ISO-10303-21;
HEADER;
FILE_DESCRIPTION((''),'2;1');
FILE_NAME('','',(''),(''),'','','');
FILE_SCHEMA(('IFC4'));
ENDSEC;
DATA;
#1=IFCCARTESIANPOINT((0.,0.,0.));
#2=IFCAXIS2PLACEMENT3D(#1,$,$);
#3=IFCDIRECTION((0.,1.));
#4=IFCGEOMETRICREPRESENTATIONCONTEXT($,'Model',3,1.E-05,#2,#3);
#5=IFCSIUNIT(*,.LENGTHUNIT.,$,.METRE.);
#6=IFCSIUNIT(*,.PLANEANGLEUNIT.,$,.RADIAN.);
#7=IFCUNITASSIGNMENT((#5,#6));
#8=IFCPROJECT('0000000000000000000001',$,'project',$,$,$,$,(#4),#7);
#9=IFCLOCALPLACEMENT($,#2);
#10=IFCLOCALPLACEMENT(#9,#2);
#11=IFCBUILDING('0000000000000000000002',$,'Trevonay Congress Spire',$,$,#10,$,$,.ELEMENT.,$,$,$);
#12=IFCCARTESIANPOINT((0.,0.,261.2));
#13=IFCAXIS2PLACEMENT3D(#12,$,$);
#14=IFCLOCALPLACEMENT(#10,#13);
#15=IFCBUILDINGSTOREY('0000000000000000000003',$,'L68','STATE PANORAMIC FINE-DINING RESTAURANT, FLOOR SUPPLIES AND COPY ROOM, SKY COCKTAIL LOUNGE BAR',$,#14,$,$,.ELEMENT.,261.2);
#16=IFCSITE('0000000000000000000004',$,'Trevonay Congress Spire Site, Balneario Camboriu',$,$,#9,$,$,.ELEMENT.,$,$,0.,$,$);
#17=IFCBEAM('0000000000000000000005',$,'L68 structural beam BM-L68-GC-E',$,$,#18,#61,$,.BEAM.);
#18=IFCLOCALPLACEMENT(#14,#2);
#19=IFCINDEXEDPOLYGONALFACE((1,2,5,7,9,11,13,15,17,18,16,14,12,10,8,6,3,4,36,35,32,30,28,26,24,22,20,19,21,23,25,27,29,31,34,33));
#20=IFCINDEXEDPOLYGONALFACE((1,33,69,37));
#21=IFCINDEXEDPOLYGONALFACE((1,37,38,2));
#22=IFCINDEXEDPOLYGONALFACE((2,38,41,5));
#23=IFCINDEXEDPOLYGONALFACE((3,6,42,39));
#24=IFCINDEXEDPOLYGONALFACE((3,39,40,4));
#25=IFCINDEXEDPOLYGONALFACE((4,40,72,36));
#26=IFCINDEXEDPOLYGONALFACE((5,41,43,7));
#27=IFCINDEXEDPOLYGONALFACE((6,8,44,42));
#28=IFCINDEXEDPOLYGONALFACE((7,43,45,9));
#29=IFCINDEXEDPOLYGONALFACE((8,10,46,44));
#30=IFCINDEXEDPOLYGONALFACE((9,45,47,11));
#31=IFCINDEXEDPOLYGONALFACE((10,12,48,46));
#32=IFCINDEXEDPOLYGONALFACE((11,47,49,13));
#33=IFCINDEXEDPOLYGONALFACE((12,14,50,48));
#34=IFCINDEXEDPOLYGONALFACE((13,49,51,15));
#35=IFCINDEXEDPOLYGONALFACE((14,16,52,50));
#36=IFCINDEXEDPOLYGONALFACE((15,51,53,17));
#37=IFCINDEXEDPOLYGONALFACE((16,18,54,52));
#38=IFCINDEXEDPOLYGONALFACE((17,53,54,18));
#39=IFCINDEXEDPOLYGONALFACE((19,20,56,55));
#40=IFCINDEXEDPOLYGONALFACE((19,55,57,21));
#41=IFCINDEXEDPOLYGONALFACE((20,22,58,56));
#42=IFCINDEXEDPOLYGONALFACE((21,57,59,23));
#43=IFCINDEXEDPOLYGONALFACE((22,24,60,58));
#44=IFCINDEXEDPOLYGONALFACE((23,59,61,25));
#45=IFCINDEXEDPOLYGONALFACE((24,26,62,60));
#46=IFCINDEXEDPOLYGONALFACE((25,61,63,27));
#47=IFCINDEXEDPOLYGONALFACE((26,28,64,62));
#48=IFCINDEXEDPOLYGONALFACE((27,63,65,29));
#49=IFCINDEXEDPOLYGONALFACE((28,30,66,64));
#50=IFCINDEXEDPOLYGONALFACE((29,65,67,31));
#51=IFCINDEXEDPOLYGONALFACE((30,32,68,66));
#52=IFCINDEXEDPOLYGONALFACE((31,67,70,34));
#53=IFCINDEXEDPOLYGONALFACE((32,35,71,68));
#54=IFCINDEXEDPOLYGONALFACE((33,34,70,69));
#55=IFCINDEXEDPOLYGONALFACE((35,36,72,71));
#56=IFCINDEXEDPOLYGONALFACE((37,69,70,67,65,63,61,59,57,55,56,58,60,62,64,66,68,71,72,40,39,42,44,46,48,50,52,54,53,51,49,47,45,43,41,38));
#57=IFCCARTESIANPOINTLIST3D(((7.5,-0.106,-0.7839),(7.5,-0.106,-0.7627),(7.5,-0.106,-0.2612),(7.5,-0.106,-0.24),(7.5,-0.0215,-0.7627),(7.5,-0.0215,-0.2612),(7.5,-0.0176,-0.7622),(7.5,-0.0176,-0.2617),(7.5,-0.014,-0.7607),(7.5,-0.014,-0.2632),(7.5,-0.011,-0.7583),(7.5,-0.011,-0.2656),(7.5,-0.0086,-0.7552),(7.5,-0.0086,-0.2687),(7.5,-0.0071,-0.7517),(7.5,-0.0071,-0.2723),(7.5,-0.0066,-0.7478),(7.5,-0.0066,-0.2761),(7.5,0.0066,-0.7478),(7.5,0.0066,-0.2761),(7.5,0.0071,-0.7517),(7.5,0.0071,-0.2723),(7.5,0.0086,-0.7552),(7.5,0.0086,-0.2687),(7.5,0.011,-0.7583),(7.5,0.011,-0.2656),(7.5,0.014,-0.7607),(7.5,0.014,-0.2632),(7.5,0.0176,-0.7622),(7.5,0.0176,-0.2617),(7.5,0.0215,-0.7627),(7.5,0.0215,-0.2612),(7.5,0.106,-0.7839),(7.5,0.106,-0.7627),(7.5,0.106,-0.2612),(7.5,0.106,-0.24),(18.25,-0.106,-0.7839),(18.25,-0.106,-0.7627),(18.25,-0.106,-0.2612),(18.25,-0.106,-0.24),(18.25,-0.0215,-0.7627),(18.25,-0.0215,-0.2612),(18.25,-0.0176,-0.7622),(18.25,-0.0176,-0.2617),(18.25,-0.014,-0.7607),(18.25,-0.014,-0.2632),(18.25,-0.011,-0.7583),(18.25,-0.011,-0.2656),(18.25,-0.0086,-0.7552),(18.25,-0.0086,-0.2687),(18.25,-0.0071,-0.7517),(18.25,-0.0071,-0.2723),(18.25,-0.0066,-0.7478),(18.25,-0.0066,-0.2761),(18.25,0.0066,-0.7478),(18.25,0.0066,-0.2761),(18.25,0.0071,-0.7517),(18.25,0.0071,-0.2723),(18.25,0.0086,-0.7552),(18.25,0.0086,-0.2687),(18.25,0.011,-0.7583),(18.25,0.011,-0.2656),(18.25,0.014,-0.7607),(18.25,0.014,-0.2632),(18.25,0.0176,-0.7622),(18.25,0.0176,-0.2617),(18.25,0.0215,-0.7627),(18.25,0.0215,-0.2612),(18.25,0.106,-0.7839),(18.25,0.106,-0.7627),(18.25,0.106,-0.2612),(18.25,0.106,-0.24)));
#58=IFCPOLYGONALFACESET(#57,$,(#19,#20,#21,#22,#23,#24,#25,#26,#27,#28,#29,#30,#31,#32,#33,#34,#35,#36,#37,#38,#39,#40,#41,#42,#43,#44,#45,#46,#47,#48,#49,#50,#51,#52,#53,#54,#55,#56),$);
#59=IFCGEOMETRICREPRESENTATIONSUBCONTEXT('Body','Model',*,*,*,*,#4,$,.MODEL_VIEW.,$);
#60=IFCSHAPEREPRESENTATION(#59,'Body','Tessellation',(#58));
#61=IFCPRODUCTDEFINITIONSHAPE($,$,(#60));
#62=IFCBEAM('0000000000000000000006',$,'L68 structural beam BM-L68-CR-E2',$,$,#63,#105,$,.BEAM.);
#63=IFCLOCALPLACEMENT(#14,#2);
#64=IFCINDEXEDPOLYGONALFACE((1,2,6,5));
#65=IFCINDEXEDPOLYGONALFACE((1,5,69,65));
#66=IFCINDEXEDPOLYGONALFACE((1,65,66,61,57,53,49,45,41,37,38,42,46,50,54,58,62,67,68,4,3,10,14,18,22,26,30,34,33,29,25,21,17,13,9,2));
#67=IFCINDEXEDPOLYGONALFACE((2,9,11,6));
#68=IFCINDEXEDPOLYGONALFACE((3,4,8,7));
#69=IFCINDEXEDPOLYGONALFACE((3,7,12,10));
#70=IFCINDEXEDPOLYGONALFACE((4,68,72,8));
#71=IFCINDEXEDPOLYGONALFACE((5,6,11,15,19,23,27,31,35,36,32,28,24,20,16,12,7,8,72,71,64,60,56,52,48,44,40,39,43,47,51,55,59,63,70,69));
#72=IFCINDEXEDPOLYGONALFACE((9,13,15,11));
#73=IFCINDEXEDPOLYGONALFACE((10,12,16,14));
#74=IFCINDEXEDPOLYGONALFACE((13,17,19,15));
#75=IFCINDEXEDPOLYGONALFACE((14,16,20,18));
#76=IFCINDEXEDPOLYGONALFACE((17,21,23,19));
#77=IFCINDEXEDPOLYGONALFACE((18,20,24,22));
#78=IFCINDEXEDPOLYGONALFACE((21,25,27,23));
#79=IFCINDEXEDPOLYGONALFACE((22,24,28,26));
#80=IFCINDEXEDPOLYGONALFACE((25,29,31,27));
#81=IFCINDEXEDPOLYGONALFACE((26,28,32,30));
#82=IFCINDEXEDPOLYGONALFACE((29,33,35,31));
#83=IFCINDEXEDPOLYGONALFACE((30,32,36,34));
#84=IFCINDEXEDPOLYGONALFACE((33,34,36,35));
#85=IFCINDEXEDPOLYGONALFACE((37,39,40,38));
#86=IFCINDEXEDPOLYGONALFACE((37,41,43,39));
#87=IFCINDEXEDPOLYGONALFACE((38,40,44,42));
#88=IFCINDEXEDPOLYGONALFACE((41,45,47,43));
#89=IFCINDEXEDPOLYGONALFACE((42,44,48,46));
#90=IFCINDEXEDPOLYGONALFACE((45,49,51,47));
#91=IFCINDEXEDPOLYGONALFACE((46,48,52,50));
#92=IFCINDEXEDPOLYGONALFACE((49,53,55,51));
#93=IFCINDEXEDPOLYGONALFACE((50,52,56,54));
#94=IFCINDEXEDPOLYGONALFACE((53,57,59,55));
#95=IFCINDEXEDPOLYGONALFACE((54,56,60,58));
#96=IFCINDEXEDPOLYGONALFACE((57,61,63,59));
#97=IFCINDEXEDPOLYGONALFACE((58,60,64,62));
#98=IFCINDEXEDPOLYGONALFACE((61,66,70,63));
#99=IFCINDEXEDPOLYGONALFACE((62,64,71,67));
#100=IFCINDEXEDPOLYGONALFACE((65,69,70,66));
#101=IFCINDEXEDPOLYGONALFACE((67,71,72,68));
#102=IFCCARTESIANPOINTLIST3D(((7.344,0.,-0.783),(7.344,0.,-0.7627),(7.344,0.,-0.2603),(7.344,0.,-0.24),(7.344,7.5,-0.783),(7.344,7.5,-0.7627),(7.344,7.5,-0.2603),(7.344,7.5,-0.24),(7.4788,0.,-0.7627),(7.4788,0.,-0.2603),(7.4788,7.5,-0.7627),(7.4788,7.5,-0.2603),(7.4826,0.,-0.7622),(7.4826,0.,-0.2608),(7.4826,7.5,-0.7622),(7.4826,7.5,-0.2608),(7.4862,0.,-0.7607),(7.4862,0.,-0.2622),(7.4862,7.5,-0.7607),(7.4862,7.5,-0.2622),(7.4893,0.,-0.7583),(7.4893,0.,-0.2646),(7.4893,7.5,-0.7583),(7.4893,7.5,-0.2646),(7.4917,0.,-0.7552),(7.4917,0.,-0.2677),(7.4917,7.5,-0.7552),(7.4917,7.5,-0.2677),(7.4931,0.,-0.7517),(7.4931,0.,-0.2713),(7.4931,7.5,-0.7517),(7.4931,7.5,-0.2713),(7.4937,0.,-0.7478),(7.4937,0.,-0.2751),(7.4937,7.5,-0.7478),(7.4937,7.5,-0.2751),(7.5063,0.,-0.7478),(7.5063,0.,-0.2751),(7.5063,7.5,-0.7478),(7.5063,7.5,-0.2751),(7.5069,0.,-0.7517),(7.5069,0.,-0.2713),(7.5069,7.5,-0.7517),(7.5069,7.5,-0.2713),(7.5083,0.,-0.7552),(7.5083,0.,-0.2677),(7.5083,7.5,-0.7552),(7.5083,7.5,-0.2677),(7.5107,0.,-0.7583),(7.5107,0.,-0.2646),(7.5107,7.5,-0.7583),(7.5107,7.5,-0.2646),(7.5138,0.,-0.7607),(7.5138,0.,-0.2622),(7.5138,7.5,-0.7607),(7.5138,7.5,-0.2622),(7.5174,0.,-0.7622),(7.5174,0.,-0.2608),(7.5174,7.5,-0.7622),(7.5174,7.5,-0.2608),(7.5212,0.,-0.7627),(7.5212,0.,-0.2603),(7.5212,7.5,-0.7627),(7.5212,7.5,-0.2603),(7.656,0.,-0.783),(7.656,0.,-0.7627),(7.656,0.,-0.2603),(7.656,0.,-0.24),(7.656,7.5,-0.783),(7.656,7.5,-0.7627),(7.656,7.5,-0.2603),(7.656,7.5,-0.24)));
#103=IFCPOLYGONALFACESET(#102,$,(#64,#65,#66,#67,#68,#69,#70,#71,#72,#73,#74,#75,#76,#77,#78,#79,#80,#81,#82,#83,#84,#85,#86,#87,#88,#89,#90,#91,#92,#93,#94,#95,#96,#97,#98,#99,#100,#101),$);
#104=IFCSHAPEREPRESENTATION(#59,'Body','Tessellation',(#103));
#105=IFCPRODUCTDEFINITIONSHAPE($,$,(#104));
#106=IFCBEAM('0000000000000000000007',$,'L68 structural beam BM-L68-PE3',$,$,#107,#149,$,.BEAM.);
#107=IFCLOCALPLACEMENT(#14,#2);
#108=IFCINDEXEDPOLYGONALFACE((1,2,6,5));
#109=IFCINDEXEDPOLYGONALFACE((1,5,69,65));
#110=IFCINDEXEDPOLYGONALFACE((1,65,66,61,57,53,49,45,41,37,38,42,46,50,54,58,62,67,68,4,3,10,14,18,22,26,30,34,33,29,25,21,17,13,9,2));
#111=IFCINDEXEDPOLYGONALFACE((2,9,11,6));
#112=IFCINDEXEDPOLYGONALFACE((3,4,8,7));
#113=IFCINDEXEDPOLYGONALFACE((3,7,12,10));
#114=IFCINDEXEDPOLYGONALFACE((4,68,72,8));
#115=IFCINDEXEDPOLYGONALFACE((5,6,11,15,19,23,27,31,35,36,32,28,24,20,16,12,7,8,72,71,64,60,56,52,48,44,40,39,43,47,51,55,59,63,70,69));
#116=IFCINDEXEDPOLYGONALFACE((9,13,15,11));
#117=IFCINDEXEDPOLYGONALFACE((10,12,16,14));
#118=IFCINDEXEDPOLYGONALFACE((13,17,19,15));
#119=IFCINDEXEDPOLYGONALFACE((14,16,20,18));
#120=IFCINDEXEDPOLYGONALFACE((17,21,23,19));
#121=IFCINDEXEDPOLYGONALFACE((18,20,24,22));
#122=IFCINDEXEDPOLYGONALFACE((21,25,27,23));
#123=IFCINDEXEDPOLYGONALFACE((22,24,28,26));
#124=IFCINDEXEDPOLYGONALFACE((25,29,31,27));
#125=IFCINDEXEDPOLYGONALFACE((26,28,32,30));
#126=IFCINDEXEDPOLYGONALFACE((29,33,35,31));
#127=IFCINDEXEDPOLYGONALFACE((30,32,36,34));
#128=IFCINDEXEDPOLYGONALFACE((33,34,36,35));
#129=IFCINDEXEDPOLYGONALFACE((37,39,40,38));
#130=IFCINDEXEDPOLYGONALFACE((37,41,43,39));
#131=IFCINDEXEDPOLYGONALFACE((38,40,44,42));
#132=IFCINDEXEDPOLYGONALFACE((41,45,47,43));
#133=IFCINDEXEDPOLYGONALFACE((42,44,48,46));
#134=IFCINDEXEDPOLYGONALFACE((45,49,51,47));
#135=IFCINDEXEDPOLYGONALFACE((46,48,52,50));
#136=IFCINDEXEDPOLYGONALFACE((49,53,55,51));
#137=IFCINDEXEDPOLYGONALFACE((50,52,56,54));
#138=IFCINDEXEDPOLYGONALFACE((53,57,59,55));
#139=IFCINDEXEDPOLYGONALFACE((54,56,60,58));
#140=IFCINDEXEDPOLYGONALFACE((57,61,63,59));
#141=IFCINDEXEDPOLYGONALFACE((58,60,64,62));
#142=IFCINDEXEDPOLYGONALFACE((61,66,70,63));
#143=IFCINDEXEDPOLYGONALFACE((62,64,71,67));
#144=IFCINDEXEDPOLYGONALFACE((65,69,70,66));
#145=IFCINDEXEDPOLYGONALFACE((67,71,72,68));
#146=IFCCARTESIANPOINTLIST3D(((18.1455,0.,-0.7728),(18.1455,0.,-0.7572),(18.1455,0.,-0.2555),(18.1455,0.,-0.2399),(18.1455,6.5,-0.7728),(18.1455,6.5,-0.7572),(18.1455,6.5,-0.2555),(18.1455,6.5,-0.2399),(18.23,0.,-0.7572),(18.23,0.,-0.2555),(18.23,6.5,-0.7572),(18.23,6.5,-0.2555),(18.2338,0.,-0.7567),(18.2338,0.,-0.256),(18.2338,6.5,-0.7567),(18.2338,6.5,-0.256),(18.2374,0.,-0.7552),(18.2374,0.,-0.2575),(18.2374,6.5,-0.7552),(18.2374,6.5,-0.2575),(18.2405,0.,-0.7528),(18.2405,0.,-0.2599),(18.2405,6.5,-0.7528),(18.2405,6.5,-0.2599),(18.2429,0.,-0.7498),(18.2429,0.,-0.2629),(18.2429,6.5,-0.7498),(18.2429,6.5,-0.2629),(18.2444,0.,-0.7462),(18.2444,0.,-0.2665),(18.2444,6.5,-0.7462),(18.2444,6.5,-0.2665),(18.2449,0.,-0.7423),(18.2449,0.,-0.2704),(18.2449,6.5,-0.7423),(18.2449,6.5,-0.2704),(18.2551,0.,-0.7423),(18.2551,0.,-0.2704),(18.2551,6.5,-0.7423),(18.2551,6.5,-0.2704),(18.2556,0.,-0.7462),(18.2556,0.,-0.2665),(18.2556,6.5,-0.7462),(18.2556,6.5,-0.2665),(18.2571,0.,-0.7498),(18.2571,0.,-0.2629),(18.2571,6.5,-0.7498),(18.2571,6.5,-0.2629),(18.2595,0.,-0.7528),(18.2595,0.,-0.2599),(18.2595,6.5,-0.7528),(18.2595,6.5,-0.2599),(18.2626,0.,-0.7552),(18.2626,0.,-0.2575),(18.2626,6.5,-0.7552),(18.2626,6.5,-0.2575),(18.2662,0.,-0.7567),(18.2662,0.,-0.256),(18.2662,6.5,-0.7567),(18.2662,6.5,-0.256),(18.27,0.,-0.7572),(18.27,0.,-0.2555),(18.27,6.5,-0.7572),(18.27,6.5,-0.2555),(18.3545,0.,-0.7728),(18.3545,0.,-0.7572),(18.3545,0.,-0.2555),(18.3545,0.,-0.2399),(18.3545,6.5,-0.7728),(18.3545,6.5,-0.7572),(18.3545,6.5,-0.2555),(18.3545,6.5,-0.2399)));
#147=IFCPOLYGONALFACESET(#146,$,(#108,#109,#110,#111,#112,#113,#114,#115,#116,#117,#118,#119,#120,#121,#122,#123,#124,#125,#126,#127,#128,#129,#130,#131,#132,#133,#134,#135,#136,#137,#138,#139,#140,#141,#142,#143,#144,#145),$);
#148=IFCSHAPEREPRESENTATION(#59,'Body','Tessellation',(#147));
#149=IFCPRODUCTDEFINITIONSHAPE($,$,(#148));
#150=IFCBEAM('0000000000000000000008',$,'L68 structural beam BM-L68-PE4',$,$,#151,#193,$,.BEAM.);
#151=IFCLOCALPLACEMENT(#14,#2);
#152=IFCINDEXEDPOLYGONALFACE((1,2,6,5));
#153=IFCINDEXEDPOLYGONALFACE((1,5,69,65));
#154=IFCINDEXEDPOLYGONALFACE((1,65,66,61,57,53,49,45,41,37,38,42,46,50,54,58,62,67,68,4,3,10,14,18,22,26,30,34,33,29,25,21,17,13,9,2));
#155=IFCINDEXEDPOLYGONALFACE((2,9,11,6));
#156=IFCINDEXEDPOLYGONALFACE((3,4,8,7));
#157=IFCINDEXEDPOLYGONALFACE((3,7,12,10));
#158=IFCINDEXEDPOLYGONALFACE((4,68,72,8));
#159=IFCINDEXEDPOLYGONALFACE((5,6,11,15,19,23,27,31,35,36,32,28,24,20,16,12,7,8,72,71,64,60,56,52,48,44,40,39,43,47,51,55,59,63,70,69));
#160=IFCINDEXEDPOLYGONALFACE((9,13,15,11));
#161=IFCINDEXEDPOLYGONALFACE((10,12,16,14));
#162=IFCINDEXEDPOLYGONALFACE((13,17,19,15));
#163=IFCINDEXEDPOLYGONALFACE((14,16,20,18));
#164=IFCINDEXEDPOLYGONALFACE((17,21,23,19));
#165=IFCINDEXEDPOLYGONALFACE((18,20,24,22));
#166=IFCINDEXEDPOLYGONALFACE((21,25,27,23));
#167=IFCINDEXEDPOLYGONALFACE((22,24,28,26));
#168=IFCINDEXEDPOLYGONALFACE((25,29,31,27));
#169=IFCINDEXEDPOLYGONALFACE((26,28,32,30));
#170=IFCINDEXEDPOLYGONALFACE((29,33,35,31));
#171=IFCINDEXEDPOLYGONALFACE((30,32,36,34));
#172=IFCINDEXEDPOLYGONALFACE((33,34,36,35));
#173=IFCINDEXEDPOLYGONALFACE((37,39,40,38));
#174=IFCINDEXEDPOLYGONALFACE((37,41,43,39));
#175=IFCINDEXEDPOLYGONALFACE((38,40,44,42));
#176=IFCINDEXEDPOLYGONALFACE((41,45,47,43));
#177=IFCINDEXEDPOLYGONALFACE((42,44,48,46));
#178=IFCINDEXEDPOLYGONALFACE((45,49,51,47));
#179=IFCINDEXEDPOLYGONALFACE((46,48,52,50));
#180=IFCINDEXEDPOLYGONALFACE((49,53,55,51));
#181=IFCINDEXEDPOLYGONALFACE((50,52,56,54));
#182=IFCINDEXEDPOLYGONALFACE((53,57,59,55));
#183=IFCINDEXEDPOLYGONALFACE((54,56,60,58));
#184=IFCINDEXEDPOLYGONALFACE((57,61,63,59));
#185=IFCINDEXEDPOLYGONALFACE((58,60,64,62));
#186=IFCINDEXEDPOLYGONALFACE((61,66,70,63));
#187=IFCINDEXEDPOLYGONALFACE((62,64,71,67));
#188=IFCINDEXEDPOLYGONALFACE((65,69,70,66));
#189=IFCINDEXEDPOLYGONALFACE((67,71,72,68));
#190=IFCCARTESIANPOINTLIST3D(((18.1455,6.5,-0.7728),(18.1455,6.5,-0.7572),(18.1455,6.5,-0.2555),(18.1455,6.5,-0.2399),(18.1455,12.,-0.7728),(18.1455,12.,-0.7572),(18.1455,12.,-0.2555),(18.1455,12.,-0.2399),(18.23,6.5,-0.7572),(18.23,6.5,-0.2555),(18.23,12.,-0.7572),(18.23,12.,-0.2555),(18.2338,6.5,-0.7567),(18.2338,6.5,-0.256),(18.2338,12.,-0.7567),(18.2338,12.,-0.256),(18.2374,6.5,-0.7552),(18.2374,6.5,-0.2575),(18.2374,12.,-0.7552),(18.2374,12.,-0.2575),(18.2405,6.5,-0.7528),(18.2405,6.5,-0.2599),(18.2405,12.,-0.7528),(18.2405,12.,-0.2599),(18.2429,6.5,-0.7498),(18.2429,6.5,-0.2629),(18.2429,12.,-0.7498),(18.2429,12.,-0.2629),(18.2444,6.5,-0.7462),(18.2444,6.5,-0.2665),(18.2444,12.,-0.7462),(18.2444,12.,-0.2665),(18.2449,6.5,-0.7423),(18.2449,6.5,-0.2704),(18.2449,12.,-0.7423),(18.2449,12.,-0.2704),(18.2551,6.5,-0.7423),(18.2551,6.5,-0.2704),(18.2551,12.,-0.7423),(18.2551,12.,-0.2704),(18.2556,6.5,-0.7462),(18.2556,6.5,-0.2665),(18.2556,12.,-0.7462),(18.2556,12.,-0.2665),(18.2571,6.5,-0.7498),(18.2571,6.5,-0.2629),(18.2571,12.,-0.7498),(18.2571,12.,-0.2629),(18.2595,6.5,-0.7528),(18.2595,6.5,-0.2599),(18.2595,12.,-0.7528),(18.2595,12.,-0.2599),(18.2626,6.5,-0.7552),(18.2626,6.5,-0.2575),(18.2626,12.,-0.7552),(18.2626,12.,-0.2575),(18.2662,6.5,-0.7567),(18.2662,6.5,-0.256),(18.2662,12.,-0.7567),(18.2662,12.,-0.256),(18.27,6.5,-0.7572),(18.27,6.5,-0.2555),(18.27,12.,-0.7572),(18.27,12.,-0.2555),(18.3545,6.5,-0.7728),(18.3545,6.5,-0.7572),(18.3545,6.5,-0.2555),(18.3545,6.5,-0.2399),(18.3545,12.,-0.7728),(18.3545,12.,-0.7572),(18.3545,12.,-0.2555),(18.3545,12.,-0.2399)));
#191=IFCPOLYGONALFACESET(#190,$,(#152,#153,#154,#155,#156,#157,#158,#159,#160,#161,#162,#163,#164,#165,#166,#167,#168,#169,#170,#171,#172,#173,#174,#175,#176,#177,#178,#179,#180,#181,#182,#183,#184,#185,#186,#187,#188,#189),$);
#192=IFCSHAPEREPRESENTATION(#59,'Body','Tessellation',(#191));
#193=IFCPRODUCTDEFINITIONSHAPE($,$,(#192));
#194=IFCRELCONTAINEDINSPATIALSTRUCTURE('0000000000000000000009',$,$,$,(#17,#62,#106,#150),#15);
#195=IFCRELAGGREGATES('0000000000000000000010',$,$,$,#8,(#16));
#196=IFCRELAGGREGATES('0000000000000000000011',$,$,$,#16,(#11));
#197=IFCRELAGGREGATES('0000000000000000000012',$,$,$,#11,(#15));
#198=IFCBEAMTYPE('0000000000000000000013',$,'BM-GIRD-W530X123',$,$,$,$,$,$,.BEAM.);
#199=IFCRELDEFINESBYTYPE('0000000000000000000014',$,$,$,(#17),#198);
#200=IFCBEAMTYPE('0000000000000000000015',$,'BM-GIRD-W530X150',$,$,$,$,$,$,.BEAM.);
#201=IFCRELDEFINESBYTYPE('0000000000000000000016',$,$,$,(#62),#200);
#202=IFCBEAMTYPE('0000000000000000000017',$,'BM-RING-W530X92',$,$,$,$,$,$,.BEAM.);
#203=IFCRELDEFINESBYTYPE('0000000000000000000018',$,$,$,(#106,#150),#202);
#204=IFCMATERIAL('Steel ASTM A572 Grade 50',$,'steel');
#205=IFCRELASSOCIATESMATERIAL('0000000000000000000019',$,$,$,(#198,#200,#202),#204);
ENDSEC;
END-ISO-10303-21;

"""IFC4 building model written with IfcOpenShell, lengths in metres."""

from ifc_helpers import new_model, si_unit, direction, frame, origin, origin_2d, place, context, subcontext, project, spatial, i_section, extrude, material, material_profile, profile_set, type_object, element, save


model = new_model("IFC4")

# Units and contexts
model_context = context("Model", 3, precision=1e-05, world=origin(), true_north=direction((0.0, 1.0)))
body_context = subcontext(model_context, "Body", "Model", "MODEL_VIEW")
ifc_project = project(units=[si_unit("LENGTHUNIT", "METRE"), si_unit("PLANEANGLEUNIT", "RADIAN")], contexts=[model_context])

# Site, building, storey
site_placement = place(None, origin())
site = spatial("IfcSite", under=ifc_project, at=site_placement, Name="Trevonay Congress Spire Site, Balneario Camboriu", CompositionType="ELEMENT", RefElevation=0.0)
building_placement = place(site_placement, origin())
building = spatial("IfcBuilding", under=site, at=building_placement, Name="Trevonay Congress Spire", CompositionType="ELEMENT")
storey_placement = place(building_placement, frame((0.0, 0.0, 261.2)))
storey = spatial("IfcBuildingStorey", under=building, at=storey_placement, Name="L68", Description="STATE PANORAMIC FINE-DINING RESTAURANT, FLOOR SUPPLIES AND COPY ROOM, SKY COCKTAIL LOUNGE BAR", CompositionType="ELEMENT", Elevation=261.2)

# Shared definitions
ifc_material_1 = material(Name="Steel ASTM A572 Grade 50", Category="steel")

# Beams
ifc_material_profile_1 = material_profile(ifc_material_1, i_section(OverallWidth=0.2119, OverallDepth=0.5439, WebThickness=0.0132, FlangeThickness=0.0212, FilletRadius=0.0149, at=origin_2d()), Name="W530x123")
ifc_profile_set_1 = profile_set([ifc_material_profile_1], Name="Steel ASTM A572 Grade 50")
beam_type_1 = type_object("IfcBeamType", Name="BM-GIRD-W530X123", PredefinedType="BEAM", material=ifc_profile_set_1)
beam_1_placement = place(storey_placement, frame((7.5, 0.0, -0.512), z_axis=(1.0, 0.0, 0.0), x_axis=(0.0, 1.0, 0.0)))
element("IfcBeam", 1, at=beam_1_placement, inside=storey, type_object=beam_type_1, Name="L68 structural beam BM-L68-GC-E", PredefinedType="BEAM", context=body_context, shape_type="SweptSolid", body=[
    extrude(i_section(OverallWidth=0.2119, OverallDepth=0.5439, WebThickness=0.0132, FlangeThickness=0.0212, FilletRadius=0.0149, at=origin_2d()), origin(), (0.0, 0.0, 1.0), 10.75),
])
ifc_material_profile_2 = material_profile(ifc_material_1, i_section(OverallWidth=0.312, OverallDepth=0.543, WebThickness=0.0127, FlangeThickness=0.0203, FilletRadius=0.0149, at=origin_2d()), Name="W530x150")
ifc_profile_set_2 = profile_set([ifc_material_profile_2], Name="Steel ASTM A572 Grade 50")
beam_type_2 = type_object("IfcBeamType", Name="BM-GIRD-W530X150", PredefinedType="BEAM", material=ifc_profile_set_2)
beam_2_placement = place(storey_placement, frame((7.5, 0.0, -0.5115), z_axis=(0.0, 1.0, 0.0), x_axis=(-1.0, 0.0, 0.0)))
element("IfcBeam", 2, at=beam_2_placement, inside=storey, type_object=beam_type_2, Name="L68 structural beam BM-L68-CR-E2", PredefinedType="BEAM", context=body_context, shape_type="SweptSolid", body=[
    extrude(i_section(OverallWidth=0.312, OverallDepth=0.543, WebThickness=0.0127, FlangeThickness=0.0203, FilletRadius=0.0149, at=origin_2d()), origin(), (0.0, 0.0, 1.0), 7.5),
])
ifc_material_profile_3 = material_profile(ifc_material_1, i_section(OverallWidth=0.209, OverallDepth=0.533, WebThickness=0.0103, FlangeThickness=0.0156, FilletRadius=0.0149, at=origin_2d()), Name="W530x92")
ifc_profile_set_3 = profile_set([ifc_material_profile_3], Name="Steel ASTM A572 Grade 50")
beam_type_3 = type_object("IfcBeamType", Name="BM-RING-W530X92", PredefinedType="BEAM", material=ifc_profile_set_3)
beam_3_placement = place(storey_placement, frame((18.25, 0.0, -0.5063), z_axis=(0.0, 1.0, 0.0), x_axis=(-1.0, 0.0, 0.0)))
element("IfcBeam", 3, at=beam_3_placement, inside=storey, type_object=beam_type_3, Name="L68 structural beam BM-L68-PE3", PredefinedType="BEAM", context=body_context, shape_type="SweptSolid", body=[
    extrude(i_section(OverallWidth=0.209, OverallDepth=0.533, WebThickness=0.0103, FlangeThickness=0.0156, FilletRadius=0.0149, at=origin_2d()), origin(), (0.0, 0.0, 1.0), 6.5),
])
beam_4_placement = place(storey_placement, frame((18.25, 6.5, -0.5063), z_axis=(0.0, 1.0, 0.0), x_axis=(-1.0, 0.0, 0.0)))
element("IfcBeam", 4, at=beam_4_placement, inside=storey, type_object=beam_type_3, Name="L68 structural beam BM-L68-PE4", PredefinedType="BEAM", context=body_context, shape_type="SweptSolid", body=[
    extrude(i_section(OverallWidth=0.209, OverallDepth=0.533, WebThickness=0.0103, FlangeThickness=0.0156, FilletRadius=0.0149, at=origin_2d()), origin(), (0.0, 0.0, 1.0), 5.5),
])

save(model, "model.ifc")
